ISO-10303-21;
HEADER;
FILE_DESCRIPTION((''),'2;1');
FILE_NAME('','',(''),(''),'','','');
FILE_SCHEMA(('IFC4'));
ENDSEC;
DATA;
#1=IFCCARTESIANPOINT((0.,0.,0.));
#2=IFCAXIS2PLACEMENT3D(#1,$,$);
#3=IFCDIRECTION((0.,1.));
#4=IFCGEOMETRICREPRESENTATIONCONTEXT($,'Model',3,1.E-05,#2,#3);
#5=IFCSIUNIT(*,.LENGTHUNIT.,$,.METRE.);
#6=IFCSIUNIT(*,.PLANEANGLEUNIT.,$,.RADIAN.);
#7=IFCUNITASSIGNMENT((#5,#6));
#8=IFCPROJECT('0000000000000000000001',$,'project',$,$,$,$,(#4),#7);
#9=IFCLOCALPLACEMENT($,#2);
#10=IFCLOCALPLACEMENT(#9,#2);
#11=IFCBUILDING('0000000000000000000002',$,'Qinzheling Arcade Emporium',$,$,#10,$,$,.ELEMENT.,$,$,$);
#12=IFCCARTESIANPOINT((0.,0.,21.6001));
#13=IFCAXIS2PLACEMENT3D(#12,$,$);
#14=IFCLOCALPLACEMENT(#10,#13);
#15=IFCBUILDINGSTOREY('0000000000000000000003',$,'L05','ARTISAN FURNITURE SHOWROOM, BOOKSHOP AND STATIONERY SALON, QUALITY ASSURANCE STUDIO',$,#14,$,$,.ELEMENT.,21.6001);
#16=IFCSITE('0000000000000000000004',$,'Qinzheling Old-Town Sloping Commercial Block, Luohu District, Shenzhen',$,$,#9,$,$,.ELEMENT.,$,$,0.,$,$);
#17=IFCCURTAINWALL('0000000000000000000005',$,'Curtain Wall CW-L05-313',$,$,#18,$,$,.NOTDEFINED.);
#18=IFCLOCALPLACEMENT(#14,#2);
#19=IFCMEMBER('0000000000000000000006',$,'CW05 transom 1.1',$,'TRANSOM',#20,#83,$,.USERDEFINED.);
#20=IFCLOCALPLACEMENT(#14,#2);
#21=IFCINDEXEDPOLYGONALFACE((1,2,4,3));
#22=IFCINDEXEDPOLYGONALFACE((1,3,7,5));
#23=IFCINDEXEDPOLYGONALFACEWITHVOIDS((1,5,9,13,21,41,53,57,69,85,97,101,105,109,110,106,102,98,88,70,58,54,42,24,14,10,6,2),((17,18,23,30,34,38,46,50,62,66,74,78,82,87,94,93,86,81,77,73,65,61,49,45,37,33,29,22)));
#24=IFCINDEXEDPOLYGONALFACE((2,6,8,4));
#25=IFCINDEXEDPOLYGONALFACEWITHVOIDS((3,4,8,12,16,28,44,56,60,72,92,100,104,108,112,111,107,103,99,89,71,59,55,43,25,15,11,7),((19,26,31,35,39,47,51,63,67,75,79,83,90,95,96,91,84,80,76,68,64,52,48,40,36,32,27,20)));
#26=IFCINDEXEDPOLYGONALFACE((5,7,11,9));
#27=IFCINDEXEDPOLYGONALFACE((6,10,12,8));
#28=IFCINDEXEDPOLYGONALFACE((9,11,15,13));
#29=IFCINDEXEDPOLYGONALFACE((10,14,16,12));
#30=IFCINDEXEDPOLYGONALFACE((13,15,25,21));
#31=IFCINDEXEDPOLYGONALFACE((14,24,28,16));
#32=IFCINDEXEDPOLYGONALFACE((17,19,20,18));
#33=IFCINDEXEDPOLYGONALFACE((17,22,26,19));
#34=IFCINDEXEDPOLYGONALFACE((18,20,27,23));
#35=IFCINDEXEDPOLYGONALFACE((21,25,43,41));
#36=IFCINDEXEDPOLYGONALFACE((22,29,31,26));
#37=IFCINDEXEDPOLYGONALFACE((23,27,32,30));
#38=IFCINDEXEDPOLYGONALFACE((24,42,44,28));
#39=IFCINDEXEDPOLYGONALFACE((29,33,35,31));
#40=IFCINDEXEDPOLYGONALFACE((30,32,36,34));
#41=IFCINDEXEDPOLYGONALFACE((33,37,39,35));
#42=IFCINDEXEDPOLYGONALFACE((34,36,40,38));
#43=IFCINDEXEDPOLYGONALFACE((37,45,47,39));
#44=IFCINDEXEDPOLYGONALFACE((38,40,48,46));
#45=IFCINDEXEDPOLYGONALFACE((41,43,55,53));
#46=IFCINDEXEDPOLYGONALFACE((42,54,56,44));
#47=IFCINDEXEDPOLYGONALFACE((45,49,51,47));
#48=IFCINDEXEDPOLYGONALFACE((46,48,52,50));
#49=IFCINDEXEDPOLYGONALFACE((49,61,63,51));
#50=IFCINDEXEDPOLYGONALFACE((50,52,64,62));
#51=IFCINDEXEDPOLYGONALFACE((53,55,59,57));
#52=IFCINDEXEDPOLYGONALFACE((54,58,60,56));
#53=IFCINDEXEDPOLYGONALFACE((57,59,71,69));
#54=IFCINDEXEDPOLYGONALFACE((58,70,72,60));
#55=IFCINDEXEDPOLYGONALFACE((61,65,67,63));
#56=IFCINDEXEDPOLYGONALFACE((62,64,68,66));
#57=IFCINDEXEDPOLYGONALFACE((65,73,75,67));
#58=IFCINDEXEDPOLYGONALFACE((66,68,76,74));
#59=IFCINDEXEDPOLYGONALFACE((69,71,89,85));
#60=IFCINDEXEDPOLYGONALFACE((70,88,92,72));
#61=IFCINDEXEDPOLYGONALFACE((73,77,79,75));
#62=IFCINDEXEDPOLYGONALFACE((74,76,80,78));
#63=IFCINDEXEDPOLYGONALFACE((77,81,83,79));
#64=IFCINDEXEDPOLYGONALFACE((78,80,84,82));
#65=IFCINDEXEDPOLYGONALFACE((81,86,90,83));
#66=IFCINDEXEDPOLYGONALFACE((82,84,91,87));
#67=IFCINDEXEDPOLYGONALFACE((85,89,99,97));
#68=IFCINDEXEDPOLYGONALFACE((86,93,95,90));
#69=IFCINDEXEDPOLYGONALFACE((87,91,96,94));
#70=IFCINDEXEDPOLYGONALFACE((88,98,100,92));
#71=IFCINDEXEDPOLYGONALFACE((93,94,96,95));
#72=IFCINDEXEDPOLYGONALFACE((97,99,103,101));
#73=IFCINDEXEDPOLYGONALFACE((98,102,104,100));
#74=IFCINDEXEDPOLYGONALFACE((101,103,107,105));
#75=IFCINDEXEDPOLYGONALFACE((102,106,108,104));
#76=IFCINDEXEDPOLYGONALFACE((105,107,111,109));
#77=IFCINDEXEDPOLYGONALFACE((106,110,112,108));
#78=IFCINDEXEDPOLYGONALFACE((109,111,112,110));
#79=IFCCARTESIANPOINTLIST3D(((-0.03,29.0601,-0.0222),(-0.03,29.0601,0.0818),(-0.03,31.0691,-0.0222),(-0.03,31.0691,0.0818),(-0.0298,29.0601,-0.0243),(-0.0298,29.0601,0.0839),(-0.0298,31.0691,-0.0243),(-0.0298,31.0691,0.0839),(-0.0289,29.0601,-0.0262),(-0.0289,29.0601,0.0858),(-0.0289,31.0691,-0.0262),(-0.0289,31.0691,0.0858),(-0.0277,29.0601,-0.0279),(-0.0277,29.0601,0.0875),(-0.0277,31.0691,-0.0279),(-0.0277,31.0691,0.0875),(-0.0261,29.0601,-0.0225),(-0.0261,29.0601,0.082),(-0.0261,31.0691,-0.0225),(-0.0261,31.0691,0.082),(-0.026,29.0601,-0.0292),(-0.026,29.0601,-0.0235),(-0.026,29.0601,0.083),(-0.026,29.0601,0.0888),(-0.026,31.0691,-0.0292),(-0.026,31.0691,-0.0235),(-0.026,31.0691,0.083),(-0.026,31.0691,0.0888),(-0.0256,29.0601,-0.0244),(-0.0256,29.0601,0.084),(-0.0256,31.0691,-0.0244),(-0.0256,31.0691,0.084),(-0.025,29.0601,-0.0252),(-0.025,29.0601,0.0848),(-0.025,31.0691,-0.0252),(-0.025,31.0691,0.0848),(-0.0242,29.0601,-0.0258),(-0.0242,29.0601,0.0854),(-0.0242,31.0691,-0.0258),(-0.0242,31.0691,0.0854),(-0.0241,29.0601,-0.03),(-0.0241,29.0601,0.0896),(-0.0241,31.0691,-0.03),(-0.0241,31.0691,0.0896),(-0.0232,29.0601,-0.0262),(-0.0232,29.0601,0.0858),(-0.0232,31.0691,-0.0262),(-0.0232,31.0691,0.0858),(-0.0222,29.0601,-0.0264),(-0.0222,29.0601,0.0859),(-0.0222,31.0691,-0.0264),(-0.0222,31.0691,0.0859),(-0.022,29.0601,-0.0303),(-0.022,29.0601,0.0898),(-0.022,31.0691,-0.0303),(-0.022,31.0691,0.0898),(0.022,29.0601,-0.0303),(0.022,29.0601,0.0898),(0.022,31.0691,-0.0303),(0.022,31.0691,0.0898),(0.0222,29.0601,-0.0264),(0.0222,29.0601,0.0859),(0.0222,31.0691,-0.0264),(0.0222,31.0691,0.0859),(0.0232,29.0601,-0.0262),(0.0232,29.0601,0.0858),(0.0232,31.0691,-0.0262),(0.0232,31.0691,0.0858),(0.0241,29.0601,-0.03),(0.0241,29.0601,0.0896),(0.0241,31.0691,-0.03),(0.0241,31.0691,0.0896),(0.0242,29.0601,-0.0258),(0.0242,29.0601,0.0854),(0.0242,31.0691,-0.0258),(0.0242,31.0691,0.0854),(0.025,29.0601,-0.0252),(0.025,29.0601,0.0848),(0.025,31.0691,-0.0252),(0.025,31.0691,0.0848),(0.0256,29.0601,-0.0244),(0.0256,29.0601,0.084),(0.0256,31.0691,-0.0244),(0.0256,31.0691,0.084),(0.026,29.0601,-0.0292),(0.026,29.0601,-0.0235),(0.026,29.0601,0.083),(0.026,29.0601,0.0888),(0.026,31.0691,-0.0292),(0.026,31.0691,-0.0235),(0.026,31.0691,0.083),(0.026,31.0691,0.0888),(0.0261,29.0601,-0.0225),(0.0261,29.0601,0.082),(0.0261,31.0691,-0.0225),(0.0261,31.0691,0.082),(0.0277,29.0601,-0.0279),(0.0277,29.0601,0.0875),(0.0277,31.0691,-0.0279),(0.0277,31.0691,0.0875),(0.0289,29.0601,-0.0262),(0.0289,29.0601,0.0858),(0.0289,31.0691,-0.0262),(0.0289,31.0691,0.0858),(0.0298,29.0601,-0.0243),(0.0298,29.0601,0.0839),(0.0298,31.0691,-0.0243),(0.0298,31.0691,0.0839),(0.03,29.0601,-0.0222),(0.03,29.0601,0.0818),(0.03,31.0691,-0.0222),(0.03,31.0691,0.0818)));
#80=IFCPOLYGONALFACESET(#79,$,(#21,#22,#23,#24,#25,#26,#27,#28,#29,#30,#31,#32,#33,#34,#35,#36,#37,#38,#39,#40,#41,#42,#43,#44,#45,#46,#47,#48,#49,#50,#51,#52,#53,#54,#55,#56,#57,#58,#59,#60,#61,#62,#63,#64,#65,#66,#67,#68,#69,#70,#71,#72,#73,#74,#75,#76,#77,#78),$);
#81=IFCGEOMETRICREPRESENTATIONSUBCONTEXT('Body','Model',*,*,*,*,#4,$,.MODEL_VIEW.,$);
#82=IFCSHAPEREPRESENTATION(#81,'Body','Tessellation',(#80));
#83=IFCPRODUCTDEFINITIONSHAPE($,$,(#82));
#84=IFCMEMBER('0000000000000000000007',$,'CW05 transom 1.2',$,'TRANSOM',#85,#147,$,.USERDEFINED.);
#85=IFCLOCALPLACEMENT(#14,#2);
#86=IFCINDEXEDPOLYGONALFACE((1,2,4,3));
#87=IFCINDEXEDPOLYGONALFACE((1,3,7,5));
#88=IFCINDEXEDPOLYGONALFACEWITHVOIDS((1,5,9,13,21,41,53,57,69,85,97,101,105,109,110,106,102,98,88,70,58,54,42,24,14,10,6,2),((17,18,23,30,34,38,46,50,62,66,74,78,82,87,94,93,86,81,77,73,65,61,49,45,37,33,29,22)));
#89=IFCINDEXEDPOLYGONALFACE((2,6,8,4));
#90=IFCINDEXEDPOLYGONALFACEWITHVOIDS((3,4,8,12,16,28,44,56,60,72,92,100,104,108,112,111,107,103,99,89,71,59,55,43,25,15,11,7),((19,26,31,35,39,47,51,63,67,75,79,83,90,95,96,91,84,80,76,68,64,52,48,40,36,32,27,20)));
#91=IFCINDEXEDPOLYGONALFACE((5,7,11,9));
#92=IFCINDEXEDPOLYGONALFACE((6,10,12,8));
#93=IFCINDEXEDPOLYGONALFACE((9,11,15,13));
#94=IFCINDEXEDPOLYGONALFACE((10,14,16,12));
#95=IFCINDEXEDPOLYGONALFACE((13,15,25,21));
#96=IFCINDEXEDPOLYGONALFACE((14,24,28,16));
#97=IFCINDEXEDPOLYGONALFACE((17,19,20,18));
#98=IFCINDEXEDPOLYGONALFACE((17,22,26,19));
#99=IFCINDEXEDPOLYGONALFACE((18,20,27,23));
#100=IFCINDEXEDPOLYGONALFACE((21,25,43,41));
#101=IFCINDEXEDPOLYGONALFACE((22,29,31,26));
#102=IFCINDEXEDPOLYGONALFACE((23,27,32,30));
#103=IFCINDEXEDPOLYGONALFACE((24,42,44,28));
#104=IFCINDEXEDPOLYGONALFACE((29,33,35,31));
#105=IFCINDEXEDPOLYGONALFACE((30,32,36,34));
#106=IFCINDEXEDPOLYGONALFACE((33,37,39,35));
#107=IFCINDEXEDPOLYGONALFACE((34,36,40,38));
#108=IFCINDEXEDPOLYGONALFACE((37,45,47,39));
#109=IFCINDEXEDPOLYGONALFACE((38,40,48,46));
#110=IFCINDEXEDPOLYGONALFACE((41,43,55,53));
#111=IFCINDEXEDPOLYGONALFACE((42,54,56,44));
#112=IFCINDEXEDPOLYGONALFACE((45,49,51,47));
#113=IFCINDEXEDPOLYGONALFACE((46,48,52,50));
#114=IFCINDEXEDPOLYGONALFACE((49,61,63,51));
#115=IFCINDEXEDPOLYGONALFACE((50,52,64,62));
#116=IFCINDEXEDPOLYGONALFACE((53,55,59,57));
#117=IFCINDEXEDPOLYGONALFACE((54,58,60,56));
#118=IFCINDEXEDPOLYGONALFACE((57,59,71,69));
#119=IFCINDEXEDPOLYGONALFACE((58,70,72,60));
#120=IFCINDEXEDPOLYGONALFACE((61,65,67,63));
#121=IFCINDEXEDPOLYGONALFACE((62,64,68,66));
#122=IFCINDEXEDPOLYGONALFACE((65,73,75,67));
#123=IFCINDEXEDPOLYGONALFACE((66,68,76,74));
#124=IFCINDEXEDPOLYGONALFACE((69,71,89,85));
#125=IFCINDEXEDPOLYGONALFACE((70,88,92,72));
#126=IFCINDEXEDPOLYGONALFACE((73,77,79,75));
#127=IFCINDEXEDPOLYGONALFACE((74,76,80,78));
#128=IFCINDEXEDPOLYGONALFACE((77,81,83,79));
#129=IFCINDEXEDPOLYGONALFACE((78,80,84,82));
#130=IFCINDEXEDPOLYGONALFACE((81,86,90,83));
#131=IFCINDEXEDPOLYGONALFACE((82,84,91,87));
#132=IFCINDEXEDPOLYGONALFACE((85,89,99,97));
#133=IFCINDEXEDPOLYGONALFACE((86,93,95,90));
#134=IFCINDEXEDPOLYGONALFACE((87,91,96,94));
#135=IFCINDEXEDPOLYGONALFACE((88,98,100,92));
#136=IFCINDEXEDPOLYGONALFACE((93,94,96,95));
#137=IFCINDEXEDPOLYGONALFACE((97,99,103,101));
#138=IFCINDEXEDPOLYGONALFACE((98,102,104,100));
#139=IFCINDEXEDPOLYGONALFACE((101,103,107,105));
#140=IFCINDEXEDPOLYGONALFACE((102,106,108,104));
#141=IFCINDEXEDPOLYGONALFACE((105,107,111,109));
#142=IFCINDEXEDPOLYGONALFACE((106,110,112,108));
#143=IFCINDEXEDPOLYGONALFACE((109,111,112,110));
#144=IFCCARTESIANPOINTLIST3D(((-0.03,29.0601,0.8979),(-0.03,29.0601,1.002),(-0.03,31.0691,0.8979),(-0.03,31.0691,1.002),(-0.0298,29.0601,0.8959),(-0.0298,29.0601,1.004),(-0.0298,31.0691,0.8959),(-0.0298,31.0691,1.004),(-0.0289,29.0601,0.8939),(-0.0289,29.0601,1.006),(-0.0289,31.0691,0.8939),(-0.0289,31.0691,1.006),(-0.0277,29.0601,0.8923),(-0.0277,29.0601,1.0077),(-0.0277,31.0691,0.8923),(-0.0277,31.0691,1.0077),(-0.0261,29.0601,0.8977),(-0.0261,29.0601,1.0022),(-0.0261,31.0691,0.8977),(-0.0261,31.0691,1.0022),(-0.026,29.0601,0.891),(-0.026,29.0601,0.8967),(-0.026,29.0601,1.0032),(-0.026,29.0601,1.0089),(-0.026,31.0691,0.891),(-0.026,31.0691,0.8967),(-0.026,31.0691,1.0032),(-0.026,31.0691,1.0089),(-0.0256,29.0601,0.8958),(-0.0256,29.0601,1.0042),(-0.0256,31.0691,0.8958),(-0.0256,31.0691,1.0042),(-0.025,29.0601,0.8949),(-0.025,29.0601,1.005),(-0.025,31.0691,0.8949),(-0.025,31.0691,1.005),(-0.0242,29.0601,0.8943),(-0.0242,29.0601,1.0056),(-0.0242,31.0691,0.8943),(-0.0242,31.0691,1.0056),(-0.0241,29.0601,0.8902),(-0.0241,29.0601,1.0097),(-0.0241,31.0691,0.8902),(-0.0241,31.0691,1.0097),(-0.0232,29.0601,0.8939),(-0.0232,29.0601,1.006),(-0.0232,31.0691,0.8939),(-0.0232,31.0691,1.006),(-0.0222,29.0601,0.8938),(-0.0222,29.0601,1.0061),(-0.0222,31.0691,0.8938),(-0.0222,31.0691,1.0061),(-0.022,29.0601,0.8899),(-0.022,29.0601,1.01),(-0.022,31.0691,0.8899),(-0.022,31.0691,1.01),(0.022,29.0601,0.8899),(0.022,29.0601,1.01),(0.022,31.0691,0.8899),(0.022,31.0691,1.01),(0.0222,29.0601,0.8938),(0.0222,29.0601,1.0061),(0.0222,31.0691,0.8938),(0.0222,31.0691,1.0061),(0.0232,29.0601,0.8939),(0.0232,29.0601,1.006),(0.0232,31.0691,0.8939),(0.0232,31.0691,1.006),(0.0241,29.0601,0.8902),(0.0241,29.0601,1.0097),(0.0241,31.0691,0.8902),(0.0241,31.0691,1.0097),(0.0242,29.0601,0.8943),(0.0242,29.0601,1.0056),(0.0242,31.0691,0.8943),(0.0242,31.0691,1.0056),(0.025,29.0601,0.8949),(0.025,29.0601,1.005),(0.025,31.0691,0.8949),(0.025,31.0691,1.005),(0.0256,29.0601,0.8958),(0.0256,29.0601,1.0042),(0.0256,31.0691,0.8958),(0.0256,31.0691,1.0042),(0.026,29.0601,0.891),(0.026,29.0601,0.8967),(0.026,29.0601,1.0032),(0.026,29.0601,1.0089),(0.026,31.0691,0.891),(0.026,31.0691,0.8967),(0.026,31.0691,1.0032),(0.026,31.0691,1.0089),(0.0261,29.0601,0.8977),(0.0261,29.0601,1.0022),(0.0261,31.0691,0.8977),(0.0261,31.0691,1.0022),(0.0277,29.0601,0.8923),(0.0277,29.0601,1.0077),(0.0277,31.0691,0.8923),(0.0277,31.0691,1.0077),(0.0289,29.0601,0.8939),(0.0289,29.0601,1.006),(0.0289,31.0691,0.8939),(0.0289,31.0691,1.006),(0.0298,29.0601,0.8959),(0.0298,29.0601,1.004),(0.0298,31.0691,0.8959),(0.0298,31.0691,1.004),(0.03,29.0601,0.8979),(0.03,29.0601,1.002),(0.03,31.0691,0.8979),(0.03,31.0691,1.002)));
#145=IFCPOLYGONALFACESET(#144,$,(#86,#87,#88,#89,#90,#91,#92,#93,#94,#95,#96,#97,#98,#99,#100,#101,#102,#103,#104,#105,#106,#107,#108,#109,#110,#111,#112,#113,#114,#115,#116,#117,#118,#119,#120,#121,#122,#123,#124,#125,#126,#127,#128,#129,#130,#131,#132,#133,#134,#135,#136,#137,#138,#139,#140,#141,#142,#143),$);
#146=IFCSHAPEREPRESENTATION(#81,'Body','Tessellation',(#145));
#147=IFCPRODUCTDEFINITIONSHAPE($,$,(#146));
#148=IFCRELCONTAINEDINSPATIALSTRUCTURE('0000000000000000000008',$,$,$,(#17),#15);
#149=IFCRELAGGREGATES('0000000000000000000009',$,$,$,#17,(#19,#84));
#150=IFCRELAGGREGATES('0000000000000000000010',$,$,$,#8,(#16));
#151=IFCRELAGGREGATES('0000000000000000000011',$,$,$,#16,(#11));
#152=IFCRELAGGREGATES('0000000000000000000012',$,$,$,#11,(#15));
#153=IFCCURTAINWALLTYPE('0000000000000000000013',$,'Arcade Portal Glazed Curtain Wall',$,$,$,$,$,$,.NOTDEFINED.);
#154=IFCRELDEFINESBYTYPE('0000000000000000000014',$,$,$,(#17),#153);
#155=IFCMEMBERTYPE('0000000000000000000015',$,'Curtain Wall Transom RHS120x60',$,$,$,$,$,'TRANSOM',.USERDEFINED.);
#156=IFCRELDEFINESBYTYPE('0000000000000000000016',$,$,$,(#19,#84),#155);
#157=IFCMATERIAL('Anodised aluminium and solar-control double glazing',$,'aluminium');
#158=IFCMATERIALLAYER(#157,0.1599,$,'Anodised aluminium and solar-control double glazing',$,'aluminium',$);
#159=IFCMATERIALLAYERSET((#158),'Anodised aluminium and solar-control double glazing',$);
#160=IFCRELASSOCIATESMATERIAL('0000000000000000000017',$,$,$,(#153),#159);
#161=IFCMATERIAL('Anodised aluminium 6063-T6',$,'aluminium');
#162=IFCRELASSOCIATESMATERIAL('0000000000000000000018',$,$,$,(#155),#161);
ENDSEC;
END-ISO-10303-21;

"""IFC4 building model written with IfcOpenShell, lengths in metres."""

from ifc_helpers import new_model, si_unit, direction, frame, origin, origin_2d, place, context, subcontext, project, spatial, hollow_rectangle, extrude, material, layer, layer_set, material_profile, profile_set, type_object, element, aggregate, save


model = new_model("IFC4")

# Units and contexts
model_context = context("Model", 3, precision=1e-05, world=origin(), true_north=direction((0.0, 1.0)))
body_context = subcontext(model_context, "Body", "Model", "MODEL_VIEW")
ifc_project = project(units=[si_unit("LENGTHUNIT", "METRE"), si_unit("PLANEANGLEUNIT", "RADIAN")], contexts=[model_context])

# Site, building, storey
site_placement = place(None, origin())
site = spatial("IfcSite", under=ifc_project, at=site_placement, Name="Qinzheling Old-Town Sloping Commercial Block, Luohu District, Shenzhen", CompositionType="ELEMENT", RefElevation=0.0)
building_placement = place(site_placement, origin())
building = spatial("IfcBuilding", under=site, at=building_placement, Name="Qinzheling Arcade Emporium", CompositionType="ELEMENT")
storey_placement = place(building_placement, frame((0.0, 0.0, 21.6001)))
storey = spatial("IfcBuildingStorey", under=building, at=storey_placement, Name="L05", Description="ARTISAN FURNITURE SHOWROOM, BOOKSHOP AND STATIONERY SALON, QUALITY ASSURANCE STUDIO", CompositionType="ELEMENT", Elevation=21.6001)

# Shared definitions
ifc_material_1 = material(Name="Anodised aluminium and solar-control double glazing", Category="aluminium")
ifc_layer_1 = layer(ifc_material_1, 0.1599, Name="Anodised aluminium and solar-control double glazing", Category="aluminium")
ifc_layer_set_1 = layer_set([ifc_layer_1], Name="Anodised aluminium and solar-control double glazing")
curtain_wall_type = type_object("IfcCurtainWallType", Name="Arcade Portal Glazed Curtain Wall", PredefinedType="NOTDEFINED", material=ifc_layer_set_1)
ifc_material_2 = material(Name="Anodised aluminium 6063-T6", Category="aluminium")

# Curtain wall, members
curtain_wall_1_placement = place(storey_placement, origin())
curtain_wall_1 = element("IfcCurtainWall", 1, at=curtain_wall_1_placement, inside=storey, type_object=curtain_wall_type, Name="Curtain Wall CW-L05-313", PredefinedType="NOTDEFINED")
ifc_material_profile_1 = material_profile(ifc_material_2, hollow_rectangle(XDim=0.0601, YDim=0.1201, WallThickness=0.0039, InnerFilletRadius=0.0039, OuterFilletRadius=0.0081, at=origin_2d()), Name="RHS 120x60x4", Category="aluminium")
ifc_profile_set_1 = profile_set([ifc_material_profile_1], Name="Anodised aluminium 6063-T6")
member_type_1 = type_object("IfcMemberType", Name="Curtain Wall Transom RHS120x60", ElementType="TRANSOM", PredefinedType="USERDEFINED", material=ifc_profile_set_1)
member_1_placement = place(storey_placement, frame((0.0, 29.0601, 0.0298), z_axis=(0.0, 1.0, 0.0), x_axis=(-1.0, 0.0, 0.0)))
member_1 = element("IfcMember", 2, at=member_1_placement, type_object=member_type_1, Name="CW05 transom 1.1", ObjectType="TRANSOM", PredefinedType="USERDEFINED", context=body_context, shape_type="SweptSolid", body=[
    extrude(hollow_rectangle(XDim=0.0601, YDim=0.1201, WallThickness=0.0039, InnerFilletRadius=0.0039, OuterFilletRadius=0.0081, at=origin_2d()), origin(), (0.0, 0.0, 1.0), 2.009),
])
member_2_placement = place(storey_placement, frame((0.0, 29.0601, 0.95), z_axis=(0.0, 1.0, 0.0), x_axis=(-1.0, 0.0, 0.0)))
member_2 = element("IfcMember", 3, at=member_2_placement, type_object=member_type_1, Name="CW05 transom 1.2", ObjectType="TRANSOM", PredefinedType="USERDEFINED", context=body_context, shape_type="SweptSolid", body=[
    extrude(hollow_rectangle(XDim=0.0601, YDim=0.1201, WallThickness=0.0039, InnerFilletRadius=0.0039, OuterFilletRadius=0.0081, at=origin_2d()), origin(), (0.0, 0.0, 1.0), 2.009),
])
aggregate(curtain_wall_1, [member_1, member_2])

save(model, "model.ifc")
